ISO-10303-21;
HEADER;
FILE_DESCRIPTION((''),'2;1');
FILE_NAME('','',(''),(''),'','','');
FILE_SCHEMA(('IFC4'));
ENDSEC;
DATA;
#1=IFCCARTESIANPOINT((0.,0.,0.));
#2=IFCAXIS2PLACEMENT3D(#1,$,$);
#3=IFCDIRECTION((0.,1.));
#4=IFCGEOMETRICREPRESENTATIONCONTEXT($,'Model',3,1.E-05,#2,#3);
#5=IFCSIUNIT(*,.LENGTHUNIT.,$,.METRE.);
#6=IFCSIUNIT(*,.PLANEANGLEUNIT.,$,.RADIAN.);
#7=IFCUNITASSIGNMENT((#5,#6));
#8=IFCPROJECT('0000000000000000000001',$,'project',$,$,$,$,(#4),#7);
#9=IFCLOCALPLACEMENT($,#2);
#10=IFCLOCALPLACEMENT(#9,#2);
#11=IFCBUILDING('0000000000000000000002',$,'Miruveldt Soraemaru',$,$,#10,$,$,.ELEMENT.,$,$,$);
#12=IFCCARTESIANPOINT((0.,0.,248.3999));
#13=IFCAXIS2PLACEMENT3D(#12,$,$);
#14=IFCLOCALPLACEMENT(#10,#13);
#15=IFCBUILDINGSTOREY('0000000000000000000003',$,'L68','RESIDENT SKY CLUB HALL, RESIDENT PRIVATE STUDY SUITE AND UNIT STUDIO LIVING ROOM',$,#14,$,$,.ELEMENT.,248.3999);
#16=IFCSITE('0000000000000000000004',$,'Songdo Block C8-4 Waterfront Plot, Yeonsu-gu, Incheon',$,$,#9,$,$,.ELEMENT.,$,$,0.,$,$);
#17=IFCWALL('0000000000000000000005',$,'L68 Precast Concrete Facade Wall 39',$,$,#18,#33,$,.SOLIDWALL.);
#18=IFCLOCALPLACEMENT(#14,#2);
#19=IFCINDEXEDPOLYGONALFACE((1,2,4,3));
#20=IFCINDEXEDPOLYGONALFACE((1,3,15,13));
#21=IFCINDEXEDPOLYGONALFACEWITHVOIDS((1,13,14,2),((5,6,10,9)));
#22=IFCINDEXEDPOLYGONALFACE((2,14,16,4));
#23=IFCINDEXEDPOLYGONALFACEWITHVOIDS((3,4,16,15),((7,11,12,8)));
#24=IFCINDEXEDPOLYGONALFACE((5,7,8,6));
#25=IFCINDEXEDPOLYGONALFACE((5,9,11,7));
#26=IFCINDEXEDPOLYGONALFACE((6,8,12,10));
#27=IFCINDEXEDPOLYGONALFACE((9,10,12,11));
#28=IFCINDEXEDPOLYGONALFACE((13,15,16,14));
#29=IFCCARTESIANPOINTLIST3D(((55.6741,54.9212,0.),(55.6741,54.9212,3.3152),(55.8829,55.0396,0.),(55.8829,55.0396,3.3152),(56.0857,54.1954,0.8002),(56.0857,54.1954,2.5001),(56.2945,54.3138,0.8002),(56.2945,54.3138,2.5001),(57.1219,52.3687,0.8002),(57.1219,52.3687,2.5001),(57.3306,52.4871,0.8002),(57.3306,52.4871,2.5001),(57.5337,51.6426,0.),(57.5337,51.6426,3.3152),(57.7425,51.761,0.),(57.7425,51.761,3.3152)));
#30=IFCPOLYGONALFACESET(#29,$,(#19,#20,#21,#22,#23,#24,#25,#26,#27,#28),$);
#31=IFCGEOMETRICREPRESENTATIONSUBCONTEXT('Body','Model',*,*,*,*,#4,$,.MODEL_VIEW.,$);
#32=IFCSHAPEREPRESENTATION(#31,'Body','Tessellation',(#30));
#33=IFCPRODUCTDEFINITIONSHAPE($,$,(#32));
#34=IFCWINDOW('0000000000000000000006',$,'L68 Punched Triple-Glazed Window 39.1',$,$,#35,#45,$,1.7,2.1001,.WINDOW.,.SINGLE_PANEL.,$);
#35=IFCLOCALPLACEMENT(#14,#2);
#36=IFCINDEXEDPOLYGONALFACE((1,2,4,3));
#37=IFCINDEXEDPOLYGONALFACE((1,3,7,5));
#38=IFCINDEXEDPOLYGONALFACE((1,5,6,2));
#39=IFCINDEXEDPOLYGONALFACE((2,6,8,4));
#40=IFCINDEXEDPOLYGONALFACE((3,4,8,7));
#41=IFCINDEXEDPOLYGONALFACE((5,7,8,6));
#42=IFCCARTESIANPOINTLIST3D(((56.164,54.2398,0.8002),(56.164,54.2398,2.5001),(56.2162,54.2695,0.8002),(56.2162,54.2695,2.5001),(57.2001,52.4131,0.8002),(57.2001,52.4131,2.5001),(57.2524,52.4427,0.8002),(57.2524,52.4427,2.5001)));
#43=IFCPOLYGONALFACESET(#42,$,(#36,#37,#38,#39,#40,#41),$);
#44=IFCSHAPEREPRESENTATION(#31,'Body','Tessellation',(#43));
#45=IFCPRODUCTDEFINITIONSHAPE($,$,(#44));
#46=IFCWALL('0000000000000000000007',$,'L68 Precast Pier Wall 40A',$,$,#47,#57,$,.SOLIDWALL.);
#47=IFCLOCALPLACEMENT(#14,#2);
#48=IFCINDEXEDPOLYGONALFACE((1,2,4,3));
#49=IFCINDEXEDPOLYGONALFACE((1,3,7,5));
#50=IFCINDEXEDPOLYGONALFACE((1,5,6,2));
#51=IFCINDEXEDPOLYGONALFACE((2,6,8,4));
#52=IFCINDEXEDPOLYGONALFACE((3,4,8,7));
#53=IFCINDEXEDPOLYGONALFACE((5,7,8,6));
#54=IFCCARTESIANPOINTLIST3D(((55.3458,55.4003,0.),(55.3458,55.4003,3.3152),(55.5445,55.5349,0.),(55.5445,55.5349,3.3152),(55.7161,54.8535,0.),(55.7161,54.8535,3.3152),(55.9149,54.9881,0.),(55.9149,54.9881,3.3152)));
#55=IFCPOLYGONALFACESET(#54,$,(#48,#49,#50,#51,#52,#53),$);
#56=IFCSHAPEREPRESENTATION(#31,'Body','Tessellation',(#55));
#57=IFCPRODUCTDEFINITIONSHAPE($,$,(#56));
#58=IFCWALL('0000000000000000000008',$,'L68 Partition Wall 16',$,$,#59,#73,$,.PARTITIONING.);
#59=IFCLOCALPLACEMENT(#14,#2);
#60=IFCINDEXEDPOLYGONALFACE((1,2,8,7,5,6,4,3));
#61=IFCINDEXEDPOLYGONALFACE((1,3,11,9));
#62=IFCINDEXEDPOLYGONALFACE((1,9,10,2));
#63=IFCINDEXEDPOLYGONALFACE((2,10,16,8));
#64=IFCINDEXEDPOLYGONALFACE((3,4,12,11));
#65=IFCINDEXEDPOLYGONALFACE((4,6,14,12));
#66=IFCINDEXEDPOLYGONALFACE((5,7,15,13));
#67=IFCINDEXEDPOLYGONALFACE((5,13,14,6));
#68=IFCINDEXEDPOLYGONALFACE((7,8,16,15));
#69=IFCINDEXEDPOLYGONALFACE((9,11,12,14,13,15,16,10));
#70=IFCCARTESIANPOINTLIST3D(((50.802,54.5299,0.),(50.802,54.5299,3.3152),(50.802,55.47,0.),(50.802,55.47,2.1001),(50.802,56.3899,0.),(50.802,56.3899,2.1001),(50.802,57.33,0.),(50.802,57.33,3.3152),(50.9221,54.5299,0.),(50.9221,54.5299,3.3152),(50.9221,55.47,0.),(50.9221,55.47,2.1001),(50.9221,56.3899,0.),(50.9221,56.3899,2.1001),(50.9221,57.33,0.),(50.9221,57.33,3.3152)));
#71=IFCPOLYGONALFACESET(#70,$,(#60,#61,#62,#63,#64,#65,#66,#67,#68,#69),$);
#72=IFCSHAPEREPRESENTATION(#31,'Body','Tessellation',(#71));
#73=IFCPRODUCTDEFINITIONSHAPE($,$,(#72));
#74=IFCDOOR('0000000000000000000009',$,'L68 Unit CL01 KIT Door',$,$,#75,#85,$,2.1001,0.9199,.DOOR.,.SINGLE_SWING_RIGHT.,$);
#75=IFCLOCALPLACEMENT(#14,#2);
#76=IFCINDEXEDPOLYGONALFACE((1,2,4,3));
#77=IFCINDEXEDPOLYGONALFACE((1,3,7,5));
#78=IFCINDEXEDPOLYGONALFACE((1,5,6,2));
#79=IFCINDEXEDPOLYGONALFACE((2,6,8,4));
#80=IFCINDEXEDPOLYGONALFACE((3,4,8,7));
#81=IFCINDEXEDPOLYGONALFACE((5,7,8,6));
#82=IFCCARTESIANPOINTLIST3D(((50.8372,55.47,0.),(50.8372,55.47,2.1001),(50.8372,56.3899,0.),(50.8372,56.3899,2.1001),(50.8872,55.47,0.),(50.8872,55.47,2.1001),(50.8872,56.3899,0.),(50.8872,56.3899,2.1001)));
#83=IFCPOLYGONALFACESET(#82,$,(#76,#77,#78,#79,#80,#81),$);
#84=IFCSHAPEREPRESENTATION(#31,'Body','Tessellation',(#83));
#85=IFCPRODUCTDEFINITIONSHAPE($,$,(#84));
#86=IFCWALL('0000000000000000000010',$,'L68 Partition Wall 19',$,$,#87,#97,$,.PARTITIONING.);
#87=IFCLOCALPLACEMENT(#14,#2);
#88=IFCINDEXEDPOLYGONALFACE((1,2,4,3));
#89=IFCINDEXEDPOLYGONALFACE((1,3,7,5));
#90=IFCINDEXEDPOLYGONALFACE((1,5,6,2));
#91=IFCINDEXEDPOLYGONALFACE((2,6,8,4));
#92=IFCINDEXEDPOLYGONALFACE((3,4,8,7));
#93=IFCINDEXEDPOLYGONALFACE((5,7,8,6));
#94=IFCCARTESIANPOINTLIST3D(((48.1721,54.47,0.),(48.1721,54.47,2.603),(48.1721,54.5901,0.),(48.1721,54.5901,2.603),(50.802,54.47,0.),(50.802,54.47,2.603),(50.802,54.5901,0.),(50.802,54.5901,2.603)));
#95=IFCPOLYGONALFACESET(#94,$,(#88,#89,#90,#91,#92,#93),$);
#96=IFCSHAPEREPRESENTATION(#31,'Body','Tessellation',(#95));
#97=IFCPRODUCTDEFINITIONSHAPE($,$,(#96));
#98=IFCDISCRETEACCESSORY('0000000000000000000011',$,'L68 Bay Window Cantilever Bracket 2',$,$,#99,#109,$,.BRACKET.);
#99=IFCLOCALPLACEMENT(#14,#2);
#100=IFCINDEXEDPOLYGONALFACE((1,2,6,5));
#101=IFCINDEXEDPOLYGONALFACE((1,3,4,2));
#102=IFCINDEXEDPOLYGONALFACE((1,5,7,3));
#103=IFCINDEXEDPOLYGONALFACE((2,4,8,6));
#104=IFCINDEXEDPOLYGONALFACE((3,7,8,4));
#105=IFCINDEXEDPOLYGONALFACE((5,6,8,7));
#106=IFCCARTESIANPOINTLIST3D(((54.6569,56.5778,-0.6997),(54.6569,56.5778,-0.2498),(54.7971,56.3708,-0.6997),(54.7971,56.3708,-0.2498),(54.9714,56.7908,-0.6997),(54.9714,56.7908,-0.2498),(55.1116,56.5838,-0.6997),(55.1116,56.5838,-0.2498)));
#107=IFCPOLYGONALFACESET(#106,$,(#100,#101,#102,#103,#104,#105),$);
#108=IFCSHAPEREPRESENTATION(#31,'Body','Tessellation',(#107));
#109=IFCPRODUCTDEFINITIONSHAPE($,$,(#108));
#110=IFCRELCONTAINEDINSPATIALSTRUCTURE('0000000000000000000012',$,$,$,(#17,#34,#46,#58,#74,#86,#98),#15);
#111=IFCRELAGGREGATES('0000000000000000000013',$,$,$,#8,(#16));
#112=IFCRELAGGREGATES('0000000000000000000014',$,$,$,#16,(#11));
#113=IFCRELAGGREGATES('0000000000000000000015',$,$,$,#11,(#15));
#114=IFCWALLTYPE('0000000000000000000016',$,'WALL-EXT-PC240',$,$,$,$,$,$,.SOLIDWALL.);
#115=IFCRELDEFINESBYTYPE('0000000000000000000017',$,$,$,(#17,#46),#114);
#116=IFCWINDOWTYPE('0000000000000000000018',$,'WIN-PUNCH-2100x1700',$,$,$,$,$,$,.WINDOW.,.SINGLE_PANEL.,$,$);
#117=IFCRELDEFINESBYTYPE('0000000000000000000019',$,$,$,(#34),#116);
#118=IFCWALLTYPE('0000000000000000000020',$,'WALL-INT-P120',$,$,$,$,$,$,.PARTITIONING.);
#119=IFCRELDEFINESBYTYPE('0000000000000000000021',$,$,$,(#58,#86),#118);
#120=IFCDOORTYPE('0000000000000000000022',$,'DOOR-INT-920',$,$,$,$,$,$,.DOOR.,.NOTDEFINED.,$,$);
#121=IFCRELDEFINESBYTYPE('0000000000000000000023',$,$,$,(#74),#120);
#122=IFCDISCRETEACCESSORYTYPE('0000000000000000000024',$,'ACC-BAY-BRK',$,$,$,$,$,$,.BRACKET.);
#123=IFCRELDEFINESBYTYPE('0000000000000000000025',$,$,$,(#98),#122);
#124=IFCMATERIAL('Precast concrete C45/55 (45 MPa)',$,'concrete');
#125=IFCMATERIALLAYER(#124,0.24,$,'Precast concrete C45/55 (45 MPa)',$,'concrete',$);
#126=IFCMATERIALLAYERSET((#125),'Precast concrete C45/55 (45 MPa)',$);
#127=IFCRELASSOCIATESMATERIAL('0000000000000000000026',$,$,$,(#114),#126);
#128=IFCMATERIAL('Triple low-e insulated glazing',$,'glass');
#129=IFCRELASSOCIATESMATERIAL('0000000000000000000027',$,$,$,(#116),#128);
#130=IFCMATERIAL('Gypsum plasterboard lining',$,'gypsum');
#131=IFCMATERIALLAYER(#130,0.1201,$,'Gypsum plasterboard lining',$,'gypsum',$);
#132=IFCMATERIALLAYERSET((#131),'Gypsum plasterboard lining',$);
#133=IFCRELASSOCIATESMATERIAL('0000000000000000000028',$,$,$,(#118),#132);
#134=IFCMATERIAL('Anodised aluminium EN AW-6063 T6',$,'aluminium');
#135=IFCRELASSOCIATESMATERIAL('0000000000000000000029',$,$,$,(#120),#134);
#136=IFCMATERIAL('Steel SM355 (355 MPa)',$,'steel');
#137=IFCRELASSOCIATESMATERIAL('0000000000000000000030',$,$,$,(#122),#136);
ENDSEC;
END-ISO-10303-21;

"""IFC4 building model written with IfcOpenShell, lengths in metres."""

from ifc_helpers import new_model, si_unit, direction, frame, frame_2d, origin, origin_2d, place, context, subcontext, project, spatial, rectangle, extrude, material, layer, layer_set, type_object, element, fill, save


model = new_model("IFC4")

# Units and contexts
model_context = context("Model", 3, precision=1e-05, world=origin(), true_north=direction((0.0, 1.0)))
body_context = subcontext(model_context, "Body", "Model", "MODEL_VIEW")
ifc_project = project(units=[si_unit("LENGTHUNIT", "METRE"), si_unit("PLANEANGLEUNIT", "RADIAN")], contexts=[model_context])

# Site, building, storey
site_placement = place(None, origin())
site = spatial("IfcSite", under=ifc_project, at=site_placement, Name="Songdo Block C8-4 Waterfront Plot, Yeonsu-gu, Incheon", CompositionType="ELEMENT", RefElevation=0.0)
building_placement = place(site_placement, origin())
building = spatial("IfcBuilding", under=site, at=building_placement, Name="Miruveldt Soraemaru", CompositionType="ELEMENT")
storey_placement = place(building_placement, frame((0.0, 0.0, 248.3999)))
storey = spatial("IfcBuildingStorey", under=building, at=storey_placement, Name="L68", Description="RESIDENT SKY CLUB HALL, RESIDENT PRIVATE STUDY SUITE AND UNIT STUDIO LIVING ROOM", CompositionType="ELEMENT", Elevation=248.3999)

# Shared definitions
ifc_material_1 = material(Name="Steel SM355 (355 MPa)", Category="steel")

# Shared definitions
ifc_material_2 = material(Name="Triple low-e insulated glazing", Category="glass")

# Wall, opening, window
ifc_material_3 = material(Name="Precast concrete C45/55 (45 MPa)", Category="concrete")
ifc_layer_1 = layer(ifc_material_3, 0.24, Name="Precast concrete C45/55 (45 MPa)", Category="concrete")
ifc_layer_set_1 = layer_set([ifc_layer_1], Name="Precast concrete C45/55 (45 MPa)")
wall_type_1 = type_object("IfcWallType", Name="WALL-EXT-PC240", PredefinedType="SOLIDWALL", material=ifc_layer_set_1)
wall_1_placement = place(storey_placement, frame((57.6382, 51.7017, 0.0), z_axis=(0.0, 0.0, 1.0), x_axis=(-0.493367, 0.869821, 0.0)))
wall_1 = element("IfcWall", 1, at=wall_1_placement, inside=storey, type_object=wall_type_1, Name="L68 Precast Concrete Facade Wall 39", PredefinedType="SOLIDWALL", context=body_context, shape_type="SweptSolid", body=[
    extrude(rectangle(XDim=3.7693, YDim=0.24, at=frame_2d((1.8848, 0.0))), origin(), (0.0, 0.0, 1.0), 3.3152),
])
opening_1_placement = place(wall_1_placement, frame((0.835, 0.0, 0.8)))
opening_1 = element("IfcOpeningElement", 2, at=opening_1_placement, cuts=wall_1, PredefinedType="OPENING", context=body_context, shape_type="SweptSolid", body=[
    extrude(rectangle(XDim=2.1001, YDim=1.7, at=frame_2d((1.05, 0.8501))), frame((0.0, 0.1299, 0.0), z_axis=(0.0, -1.0, 0.0), x_axis=(1.0, 0.0, 0.0)), (0.0, 0.0, 1.0), 0.26),
])
window_type_1 = type_object("IfcWindowType", Name="WIN-PUNCH-2100x1700", PartitioningType="SINGLE_PANEL", PredefinedType="WINDOW", material=ifc_material_2)
window_1_placement = place(opening_1_placement, origin())
window_1 = element("IfcWindow", 3, at=window_1_placement, inside=storey, type_object=window_type_1, Name="L68 Punched Triple-Glazed Window 39.1", OverallHeight=1.7, OverallWidth=2.1001, PartitioningType="SINGLE_PANEL", PredefinedType="WINDOW", context=body_context, shape_type="SweptSolid", body=[
    extrude(rectangle(XDim=2.1001, YDim=1.7, at=frame_2d((1.05, 0.8501))), frame((0.0, 0.03, 0.0), z_axis=(0.0, -1.0, 0.0), x_axis=(1.0, 0.0, 0.0)), (0.0, 0.0, 1.0), 0.0601),
])
fill(opening_1, window_1)

# Wall
wall_2_placement = place(storey_placement, frame((55.8154, 54.9209, 0.0), z_axis=(0.0, 0.0, 1.0), x_axis=(-0.560742, 0.827991, 0.0)))
element("IfcWall", 4, at=wall_2_placement, inside=storey, type_object=wall_type_1, Name="L68 Precast Pier Wall 40A", PredefinedType="SOLIDWALL", context=body_context, shape_type="SweptSolid", body=[
    extrude(rectangle(XDim=0.6604, YDim=0.24, at=frame_2d((0.3301, 0.0))), origin(), (0.0, 0.0, 1.0), 3.3152),
])

# Wall, opening, door
ifc_material_4 = material(Name="Gypsum plasterboard lining", Category="gypsum")
ifc_layer_2 = layer(ifc_material_4, 0.1201, Name="Gypsum plasterboard lining", Category="gypsum")
ifc_layer_set_2 = layer_set([ifc_layer_2], Name="Gypsum plasterboard lining")
wall_type_2 = type_object("IfcWallType", Name="WALL-INT-P120", PredefinedType="PARTITIONING", material=ifc_layer_set_2)
wall_3_placement = place(storey_placement, frame((50.8621, 54.53, 0.0), z_axis=(0.0, 0.0, 1.0), x_axis=(0.0, 1.0, 0.0)))
wall_3 = element("IfcWall", 5, at=wall_3_placement, inside=storey, type_object=wall_type_2, Name="L68 Partition Wall 16", PredefinedType="PARTITIONING", context=body_context, shape_type="SweptSolid", body=[
    extrude(rectangle(XDim=2.8, YDim=0.1201, at=frame_2d((1.3999, 0.0))), origin(), (0.0, 0.0, 1.0), 3.3152),
])
opening_2_placement = place(wall_3_placement, frame((0.9399, 0.0, 0.0)))
opening_2 = element("IfcOpeningElement", 6, at=opening_2_placement, cuts=wall_3, PredefinedType="OPENING", context=body_context, shape_type="SweptSolid", body=[
    extrude(rectangle(XDim=0.9199, YDim=2.1001, at=frame_2d((0.46, 1.05))), frame((0.0, 0.0701, 0.0), z_axis=(0.0, -1.0, 0.0), x_axis=(1.0, 0.0, 0.0)), (0.0, 0.0, 1.0), 0.1401),
])
ifc_material_5 = material(Name="Anodised aluminium EN AW-6063 T6", Category="aluminium")
door_type_1 = type_object("IfcDoorType", Name="DOOR-INT-920", OperationType="NOTDEFINED", PredefinedType="DOOR", material=ifc_material_5)
door_1_placement = place(opening_2_placement, origin())
door_1 = element("IfcDoor", 7, at=door_1_placement, inside=storey, type_object=door_type_1, Name="L68 Unit CL01 KIT Door", OperationType="SINGLE_SWING_RIGHT", OverallHeight=2.1001, OverallWidth=0.9199, PredefinedType="DOOR", context=body_context, shape_type="SweptSolid", body=[
    extrude(rectangle(XDim=0.9199, YDim=2.1001, at=frame_2d((0.46, 1.05))), frame((0.0, 0.0249, 0.0), z_axis=(0.0, -1.0, 0.0), x_axis=(1.0, 0.0, 0.0)), (0.0, 0.0, 1.0), 0.05),
])
fill(opening_2, door_1)

# Wall
wall_4_placement = place(storey_placement, frame((48.1721, 54.53, 0.0), z_axis=(0.0, 0.0, 1.0), x_axis=(1.0, 0.0, 0.0)))
element("IfcWall", 8, at=wall_4_placement, inside=storey, type_object=wall_type_2, Name="L68 Partition Wall 19", PredefinedType="PARTITIONING", context=body_context, shape_type="SweptSolid", body=[
    extrude(rectangle(XDim=2.6299, YDim=0.1201, at=frame_2d((1.3149, 0.0))), origin(), (0.0, 0.0, 1.0), 2.603),
])

# Discrete accessory
discrete_accessory_type = type_object("IfcDiscreteAccessoryType", Name="ACC-BAY-BRK", PredefinedType="BRACKET", material=ifc_material_1)
discrete_accessory_placement = place(storey_placement, frame((54.8843, 56.5808, -0.6997), z_axis=(0.0, 0.0, 1.0), x_axis=(0.827933, 0.560827, 0.0)))
element("IfcDiscreteAccessory", 9, at=discrete_accessory_placement, inside=storey, type_object=discrete_accessory_type, Name="L68 Bay Window Cantilever Bracket 2", PredefinedType="BRACKET", context=body_context, shape_type="SweptSolid", body=[
    extrude(rectangle(XDim=0.3799, YDim=0.25, at=origin_2d()), origin(), (0.0, 0.0, 1.0), 0.45),
])

save(model, "model.ifc")
